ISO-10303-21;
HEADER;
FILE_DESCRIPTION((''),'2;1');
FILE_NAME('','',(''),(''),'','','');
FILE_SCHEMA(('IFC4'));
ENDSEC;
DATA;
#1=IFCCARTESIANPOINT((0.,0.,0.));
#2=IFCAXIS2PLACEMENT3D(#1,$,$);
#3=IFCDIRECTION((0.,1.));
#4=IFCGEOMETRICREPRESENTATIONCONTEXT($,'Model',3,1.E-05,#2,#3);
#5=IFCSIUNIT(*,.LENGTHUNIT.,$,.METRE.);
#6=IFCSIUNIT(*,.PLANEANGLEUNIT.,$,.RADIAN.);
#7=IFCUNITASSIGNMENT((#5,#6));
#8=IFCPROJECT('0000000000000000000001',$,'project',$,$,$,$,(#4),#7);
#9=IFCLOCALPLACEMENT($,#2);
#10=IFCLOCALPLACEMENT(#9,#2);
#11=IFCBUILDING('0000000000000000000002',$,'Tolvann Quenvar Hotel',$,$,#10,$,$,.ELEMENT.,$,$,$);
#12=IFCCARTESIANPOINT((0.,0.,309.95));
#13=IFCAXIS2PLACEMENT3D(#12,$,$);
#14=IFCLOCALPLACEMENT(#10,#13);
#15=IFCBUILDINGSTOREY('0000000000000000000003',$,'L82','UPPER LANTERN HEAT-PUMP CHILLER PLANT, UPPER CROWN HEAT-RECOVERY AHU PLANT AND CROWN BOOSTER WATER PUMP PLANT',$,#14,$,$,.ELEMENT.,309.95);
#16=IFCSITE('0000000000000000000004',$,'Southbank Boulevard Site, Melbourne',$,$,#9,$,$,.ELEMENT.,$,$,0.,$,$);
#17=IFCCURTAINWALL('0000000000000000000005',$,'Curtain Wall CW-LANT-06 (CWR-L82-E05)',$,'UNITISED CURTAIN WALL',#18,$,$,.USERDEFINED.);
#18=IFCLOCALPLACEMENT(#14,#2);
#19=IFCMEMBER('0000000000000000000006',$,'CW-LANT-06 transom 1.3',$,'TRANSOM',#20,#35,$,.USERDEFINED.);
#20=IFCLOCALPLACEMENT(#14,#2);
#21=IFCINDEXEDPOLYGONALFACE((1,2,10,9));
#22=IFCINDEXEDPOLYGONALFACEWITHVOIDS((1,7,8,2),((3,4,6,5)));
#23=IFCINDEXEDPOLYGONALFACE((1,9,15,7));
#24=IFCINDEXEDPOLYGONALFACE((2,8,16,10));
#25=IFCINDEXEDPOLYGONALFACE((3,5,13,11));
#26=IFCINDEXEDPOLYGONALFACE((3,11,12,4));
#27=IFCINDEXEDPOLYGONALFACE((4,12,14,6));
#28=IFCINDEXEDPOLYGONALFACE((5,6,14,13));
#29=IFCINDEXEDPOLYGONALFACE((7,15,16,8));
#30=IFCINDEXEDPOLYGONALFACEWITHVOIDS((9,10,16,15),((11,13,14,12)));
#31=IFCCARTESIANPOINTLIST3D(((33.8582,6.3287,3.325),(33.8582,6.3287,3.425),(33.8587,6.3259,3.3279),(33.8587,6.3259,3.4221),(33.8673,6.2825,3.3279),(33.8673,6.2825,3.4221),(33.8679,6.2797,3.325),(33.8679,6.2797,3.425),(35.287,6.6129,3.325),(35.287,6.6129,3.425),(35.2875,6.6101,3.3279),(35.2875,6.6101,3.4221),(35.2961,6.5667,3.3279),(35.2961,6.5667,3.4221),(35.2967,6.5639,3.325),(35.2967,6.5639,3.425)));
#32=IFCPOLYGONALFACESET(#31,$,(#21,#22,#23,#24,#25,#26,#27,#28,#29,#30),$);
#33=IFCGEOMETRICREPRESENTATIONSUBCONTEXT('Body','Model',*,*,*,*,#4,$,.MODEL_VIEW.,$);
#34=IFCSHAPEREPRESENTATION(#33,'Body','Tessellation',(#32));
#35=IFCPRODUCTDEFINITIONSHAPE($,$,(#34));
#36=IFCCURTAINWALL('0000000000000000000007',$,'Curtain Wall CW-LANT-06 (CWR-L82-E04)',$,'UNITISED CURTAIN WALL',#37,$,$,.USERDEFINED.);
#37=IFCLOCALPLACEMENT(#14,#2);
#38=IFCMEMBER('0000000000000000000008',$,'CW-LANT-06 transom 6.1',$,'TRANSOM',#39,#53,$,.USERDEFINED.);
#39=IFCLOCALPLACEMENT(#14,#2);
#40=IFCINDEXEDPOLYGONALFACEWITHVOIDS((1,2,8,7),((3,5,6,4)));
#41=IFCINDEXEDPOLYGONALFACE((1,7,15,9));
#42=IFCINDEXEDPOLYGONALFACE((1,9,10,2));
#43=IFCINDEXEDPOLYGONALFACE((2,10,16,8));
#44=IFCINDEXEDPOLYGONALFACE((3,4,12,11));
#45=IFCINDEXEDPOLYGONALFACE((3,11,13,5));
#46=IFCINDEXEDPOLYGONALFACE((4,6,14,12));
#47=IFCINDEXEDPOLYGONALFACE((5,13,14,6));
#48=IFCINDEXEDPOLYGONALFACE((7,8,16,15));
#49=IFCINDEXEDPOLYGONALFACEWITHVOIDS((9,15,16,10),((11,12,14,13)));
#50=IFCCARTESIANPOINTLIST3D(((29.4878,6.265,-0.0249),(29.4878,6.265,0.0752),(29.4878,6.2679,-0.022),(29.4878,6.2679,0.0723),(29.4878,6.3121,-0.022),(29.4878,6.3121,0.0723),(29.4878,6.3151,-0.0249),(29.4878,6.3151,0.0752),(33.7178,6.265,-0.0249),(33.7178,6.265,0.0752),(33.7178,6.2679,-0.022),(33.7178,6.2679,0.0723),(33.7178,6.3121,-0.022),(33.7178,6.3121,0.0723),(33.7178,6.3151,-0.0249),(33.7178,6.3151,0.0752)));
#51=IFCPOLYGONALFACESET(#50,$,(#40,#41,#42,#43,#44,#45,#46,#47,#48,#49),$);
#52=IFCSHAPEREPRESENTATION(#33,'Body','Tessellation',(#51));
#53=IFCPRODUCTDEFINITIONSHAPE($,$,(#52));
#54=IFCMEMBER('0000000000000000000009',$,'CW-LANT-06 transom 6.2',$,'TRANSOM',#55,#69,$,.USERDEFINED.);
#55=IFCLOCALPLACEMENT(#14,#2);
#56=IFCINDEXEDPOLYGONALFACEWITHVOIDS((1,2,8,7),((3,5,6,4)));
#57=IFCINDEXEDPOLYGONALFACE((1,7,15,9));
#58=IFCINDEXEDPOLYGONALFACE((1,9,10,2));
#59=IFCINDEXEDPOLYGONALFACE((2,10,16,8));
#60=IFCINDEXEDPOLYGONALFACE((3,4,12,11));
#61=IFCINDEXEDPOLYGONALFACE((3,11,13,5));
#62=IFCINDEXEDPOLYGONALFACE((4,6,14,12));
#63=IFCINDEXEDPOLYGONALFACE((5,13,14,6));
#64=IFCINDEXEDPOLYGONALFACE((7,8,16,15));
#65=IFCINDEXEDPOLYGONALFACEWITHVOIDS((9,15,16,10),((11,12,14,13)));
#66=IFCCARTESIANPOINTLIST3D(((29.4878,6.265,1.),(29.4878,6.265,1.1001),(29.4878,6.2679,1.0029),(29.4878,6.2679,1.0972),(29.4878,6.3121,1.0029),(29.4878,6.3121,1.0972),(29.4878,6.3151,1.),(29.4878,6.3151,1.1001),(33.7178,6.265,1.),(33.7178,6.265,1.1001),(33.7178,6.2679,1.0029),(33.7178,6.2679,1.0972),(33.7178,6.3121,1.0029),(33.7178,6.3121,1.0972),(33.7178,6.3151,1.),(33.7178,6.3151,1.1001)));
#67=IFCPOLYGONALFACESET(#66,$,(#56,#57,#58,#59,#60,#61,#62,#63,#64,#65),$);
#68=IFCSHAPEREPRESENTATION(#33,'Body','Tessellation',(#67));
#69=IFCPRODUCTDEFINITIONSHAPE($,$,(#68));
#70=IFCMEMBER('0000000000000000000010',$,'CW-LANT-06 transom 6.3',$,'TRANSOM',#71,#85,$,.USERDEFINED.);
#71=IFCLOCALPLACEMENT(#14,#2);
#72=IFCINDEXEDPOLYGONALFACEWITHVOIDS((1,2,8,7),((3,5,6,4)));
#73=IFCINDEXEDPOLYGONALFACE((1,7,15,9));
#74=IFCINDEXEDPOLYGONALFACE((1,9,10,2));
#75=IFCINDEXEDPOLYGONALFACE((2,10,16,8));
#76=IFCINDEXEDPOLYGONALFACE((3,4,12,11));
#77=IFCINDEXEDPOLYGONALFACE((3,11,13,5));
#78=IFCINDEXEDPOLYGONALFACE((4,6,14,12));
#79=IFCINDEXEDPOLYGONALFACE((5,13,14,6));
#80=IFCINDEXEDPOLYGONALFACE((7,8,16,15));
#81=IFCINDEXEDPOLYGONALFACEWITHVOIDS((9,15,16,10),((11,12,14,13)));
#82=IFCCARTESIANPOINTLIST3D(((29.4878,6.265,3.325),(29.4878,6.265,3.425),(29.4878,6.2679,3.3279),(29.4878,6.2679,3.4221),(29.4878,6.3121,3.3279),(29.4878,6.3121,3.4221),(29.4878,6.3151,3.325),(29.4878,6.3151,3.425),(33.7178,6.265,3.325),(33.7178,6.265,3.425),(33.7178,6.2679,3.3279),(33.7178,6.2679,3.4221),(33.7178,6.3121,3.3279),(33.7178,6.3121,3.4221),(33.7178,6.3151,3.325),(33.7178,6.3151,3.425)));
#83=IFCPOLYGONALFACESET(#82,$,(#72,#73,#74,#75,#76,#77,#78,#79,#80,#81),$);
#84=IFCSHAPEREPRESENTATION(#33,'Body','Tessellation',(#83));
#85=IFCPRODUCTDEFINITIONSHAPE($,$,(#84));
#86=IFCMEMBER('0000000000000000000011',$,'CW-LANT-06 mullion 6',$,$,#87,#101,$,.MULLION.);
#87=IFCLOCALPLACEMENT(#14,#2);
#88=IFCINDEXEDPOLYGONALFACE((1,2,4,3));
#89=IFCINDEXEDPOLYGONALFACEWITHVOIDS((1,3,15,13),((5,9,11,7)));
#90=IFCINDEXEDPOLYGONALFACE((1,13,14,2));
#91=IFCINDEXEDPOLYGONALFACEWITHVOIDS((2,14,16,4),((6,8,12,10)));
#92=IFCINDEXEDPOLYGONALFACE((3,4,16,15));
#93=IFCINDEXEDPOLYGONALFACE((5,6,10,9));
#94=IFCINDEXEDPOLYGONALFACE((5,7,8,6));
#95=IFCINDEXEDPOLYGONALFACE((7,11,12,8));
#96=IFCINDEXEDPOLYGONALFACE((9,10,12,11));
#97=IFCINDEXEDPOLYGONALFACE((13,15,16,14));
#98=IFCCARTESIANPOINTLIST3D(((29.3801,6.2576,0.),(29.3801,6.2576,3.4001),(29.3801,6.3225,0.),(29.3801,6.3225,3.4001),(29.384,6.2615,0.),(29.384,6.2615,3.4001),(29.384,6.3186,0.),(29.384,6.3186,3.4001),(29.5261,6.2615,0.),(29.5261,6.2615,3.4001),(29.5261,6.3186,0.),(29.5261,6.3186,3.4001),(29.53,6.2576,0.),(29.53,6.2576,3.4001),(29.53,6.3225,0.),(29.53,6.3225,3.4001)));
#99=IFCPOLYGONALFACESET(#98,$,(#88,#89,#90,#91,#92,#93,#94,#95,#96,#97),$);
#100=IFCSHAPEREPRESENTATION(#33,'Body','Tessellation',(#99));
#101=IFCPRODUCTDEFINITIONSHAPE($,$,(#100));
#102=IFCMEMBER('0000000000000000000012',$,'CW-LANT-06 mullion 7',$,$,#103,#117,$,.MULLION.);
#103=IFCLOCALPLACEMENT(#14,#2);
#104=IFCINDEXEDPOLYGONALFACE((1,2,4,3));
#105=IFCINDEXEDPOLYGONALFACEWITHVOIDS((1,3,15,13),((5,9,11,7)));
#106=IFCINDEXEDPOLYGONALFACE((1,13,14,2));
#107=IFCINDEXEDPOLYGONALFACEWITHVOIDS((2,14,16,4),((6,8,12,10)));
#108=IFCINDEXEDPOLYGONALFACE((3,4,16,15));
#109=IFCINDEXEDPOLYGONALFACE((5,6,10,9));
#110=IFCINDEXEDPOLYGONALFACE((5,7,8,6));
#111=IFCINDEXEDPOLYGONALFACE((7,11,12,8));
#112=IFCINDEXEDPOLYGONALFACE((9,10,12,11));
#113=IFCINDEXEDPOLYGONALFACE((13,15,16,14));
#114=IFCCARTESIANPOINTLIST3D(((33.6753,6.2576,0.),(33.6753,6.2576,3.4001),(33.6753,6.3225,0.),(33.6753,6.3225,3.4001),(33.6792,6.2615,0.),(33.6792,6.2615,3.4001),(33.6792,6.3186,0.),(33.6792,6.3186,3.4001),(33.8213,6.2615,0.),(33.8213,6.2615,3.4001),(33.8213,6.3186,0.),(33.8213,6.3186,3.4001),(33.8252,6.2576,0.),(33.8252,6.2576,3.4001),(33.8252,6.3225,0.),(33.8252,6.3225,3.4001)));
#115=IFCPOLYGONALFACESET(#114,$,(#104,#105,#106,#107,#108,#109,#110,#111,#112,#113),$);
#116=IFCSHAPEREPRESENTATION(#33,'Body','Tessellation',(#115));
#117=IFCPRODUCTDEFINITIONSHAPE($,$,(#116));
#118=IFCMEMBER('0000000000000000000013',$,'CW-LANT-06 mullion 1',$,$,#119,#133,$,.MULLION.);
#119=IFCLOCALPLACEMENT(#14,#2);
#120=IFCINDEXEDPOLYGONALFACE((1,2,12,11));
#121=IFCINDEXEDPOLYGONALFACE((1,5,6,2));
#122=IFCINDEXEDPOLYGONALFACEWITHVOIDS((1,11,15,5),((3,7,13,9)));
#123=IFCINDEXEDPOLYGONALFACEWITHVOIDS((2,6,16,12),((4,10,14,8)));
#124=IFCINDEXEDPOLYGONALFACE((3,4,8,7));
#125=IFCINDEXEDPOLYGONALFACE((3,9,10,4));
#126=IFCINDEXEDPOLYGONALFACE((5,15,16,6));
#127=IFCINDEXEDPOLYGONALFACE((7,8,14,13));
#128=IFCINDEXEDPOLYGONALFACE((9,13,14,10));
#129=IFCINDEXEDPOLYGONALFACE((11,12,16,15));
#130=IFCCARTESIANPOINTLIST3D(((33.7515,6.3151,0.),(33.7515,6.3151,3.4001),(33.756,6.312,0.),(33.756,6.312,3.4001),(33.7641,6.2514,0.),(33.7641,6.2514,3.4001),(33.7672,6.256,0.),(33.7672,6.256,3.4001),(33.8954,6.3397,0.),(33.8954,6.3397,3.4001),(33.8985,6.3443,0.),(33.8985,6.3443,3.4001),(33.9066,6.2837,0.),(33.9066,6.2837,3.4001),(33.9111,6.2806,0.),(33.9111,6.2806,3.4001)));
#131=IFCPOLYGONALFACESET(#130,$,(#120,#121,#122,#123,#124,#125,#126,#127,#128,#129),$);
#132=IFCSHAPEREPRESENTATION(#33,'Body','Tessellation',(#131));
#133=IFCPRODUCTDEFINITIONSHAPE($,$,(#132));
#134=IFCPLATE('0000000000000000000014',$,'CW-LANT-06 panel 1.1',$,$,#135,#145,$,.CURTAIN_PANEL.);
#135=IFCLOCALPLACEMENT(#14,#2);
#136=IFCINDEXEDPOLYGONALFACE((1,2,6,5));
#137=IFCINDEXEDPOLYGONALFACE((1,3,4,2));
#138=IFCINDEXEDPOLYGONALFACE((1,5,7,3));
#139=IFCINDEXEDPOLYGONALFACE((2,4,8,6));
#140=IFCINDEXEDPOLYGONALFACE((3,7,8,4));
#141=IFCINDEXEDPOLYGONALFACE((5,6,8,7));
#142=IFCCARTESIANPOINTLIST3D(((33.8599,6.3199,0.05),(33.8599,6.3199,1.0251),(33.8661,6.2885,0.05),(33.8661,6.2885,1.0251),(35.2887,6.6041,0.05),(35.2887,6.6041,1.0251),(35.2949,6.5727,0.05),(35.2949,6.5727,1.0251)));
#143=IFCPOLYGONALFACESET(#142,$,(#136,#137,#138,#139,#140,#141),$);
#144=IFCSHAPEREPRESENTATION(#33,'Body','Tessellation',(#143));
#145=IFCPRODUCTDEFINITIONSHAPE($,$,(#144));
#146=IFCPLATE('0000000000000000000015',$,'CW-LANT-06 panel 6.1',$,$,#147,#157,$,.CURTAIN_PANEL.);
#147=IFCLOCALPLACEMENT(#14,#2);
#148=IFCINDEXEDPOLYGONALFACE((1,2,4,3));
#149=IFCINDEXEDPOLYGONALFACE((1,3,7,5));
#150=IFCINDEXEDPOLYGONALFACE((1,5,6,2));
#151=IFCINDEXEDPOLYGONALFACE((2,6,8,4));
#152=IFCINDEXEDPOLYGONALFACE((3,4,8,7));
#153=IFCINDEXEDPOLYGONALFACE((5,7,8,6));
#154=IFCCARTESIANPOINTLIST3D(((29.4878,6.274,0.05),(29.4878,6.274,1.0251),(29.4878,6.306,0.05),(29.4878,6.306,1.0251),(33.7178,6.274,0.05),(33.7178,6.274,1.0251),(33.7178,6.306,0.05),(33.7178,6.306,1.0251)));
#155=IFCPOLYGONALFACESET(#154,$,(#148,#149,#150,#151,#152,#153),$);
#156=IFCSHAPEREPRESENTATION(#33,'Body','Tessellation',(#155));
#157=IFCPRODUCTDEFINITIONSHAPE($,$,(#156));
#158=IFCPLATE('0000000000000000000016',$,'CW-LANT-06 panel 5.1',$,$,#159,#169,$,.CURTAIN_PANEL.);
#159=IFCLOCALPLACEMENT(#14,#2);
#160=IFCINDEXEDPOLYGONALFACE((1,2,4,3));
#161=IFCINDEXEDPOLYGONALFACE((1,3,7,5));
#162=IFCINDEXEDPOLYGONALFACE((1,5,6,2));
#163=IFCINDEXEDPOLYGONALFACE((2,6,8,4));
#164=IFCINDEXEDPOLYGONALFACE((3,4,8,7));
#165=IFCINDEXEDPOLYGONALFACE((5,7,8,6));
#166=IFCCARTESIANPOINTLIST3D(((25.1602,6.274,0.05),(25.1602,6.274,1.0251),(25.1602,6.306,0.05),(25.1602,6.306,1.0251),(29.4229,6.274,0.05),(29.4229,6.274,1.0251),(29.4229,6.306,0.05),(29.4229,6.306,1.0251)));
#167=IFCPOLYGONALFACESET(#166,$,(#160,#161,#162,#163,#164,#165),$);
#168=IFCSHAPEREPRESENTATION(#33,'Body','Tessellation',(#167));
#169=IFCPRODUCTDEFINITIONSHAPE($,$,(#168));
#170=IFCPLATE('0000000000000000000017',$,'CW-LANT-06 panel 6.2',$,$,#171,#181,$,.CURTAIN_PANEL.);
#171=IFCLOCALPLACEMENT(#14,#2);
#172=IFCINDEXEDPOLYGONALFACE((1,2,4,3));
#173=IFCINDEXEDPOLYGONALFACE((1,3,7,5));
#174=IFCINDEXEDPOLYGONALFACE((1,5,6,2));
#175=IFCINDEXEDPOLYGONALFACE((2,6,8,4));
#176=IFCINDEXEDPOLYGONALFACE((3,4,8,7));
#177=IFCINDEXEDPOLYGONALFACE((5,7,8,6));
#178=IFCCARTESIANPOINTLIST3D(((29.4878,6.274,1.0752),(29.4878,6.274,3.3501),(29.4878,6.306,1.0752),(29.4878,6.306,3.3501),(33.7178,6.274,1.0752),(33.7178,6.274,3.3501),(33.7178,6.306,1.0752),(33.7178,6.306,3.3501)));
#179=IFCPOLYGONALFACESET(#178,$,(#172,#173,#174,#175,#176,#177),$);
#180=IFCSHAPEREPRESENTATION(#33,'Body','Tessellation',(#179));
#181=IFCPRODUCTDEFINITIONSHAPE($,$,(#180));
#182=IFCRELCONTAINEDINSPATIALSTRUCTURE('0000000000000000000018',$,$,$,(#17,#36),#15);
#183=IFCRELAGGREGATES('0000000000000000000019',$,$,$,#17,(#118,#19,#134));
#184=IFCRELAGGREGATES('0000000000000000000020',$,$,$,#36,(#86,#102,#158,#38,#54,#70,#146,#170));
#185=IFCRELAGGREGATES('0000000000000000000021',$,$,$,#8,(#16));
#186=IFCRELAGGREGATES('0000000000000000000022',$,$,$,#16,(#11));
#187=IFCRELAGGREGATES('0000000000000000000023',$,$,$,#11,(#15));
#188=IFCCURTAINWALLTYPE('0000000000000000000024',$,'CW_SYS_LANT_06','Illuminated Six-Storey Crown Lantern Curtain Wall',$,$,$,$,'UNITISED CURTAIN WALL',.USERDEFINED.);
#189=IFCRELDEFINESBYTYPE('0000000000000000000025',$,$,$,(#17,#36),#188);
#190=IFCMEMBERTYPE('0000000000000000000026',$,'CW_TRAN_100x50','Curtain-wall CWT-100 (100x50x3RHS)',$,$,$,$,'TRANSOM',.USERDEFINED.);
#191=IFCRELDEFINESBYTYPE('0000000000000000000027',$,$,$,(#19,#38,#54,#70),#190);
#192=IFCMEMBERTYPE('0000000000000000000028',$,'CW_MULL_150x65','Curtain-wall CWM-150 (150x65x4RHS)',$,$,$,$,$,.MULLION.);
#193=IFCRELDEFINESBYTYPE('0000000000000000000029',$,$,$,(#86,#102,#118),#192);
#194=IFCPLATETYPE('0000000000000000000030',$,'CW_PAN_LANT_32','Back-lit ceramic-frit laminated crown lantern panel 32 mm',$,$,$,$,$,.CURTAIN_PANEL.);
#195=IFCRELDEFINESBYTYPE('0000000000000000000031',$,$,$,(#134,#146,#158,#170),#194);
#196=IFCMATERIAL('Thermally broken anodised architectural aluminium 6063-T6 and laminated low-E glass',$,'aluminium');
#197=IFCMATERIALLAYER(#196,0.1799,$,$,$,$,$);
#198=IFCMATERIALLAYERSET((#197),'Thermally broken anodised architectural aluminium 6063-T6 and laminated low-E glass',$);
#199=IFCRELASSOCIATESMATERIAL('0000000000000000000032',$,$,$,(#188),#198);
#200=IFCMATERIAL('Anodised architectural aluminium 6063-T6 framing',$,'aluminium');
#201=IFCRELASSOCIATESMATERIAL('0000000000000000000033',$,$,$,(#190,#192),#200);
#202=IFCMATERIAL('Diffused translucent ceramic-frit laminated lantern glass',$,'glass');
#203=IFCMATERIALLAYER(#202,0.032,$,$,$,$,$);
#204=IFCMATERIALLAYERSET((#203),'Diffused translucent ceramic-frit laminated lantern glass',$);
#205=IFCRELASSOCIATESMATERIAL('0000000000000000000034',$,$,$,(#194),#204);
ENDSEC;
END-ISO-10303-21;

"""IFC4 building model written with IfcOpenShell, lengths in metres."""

from ifc_helpers import new_model, si_unit, direction, frame, origin, origin_2d, place, context, subcontext, project, spatial, rectangle, hollow_rectangle, extrude, source, transform, mapped, material, layer, layer_set, material_profile, profile_set, type_object, type_shapes, element, aggregate, save


model = new_model("IFC4")

# Units and contexts
model_context = context("Model", 3, precision=1e-05, world=origin(), true_north=direction((0.0, 1.0)))
body_context = subcontext(model_context, "Body", "Model", "MODEL_VIEW")
ifc_project = project(units=[si_unit("LENGTHUNIT", "METRE"), si_unit("PLANEANGLEUNIT", "RADIAN")], contexts=[model_context])

# Site, building, storey
site_placement = place(None, origin())
site = spatial("IfcSite", under=ifc_project, at=site_placement, Name="Southbank Boulevard Site, Melbourne", CompositionType="ELEMENT", RefElevation=0.0)
building_placement = place(site_placement, origin())
building = spatial("IfcBuilding", under=site, at=building_placement, Name="Tolvann Quenvar Hotel", CompositionType="ELEMENT")
storey_placement = place(building_placement, frame((0.0, 0.0, 309.95)))
storey = spatial("IfcBuildingStorey", under=building, at=storey_placement, Name="L82", Description="UPPER LANTERN HEAT-PUMP CHILLER PLANT, UPPER CROWN HEAT-RECOVERY AHU PLANT AND CROWN BOOSTER WATER PUMP PLANT", CompositionType="ELEMENT", Elevation=309.95)

# Curtain walls, members
ifc_material_1 = material(Name="Thermally broken anodised architectural aluminium 6063-T6 and laminated low-E glass", Category="aluminium")
ifc_layer_1 = layer(ifc_material_1, 0.1799)
ifc_layer_set_1 = layer_set([ifc_layer_1], Name="Thermally broken anodised architectural aluminium 6063-T6 and laminated low-E glass")
curtain_wall_type = type_object("IfcCurtainWallType", Name="CW_SYS_LANT_06", Description="Illuminated Six-Storey Crown Lantern Curtain Wall", ElementType="UNITISED CURTAIN WALL", PredefinedType="USERDEFINED", material=ifc_layer_set_1)
curtain_wall_1_placement = place(storey_placement, origin())
curtain_wall_1 = element("IfcCurtainWall", 1, at=curtain_wall_1_placement, inside=storey, type_object=curtain_wall_type, Name="Curtain Wall CW-LANT-06 (CWR-L82-E05)", ObjectType="UNITISED CURTAIN WALL", PredefinedType="USERDEFINED")
ifc_material_2 = material(Name="Anodised architectural aluminium 6063-T6 framing", Category="aluminium")
ifc_material_profile_1 = material_profile(ifc_material_2, hollow_rectangle(XDim=0.05, YDim=0.1001, WallThickness=0.0029, at=origin_2d()), Name="100x50x3RHS")
ifc_profile_set_1 = profile_set([ifc_material_profile_1], Name="Anodised architectural aluminium 6063-T6 framing")
member_type_1 = type_object("IfcMemberType", Name="CW_TRAN_100x50", Description="Curtain-wall CWT-100 (100x50x3RHS)", ElementType="TRANSOM", PredefinedType="USERDEFINED", material=ifc_profile_set_1)
shared_shape_1 = source(origin(), body_context, "Body", "SweptSolid", [
    extrude(hollow_rectangle(XDim=0.05, YDim=0.1001, WallThickness=0.0029, at=origin_2d()), origin(), (0.0, 0.0, 1.0), 1.4568),
])
member_1_placement = place(storey_placement, frame((33.863, 6.3042, 3.375), z_axis=(0.980786, 0.195085, 0.0), x_axis=(-0.195085, 0.980786, 0.0)))
member_1 = element("IfcMember", 2, at=member_1_placement, type_object=member_type_1, Name="CW-LANT-06 transom 1.3", ObjectType="TRANSOM", PredefinedType="USERDEFINED", context=body_context, shape_type="MappedRepresentation", body=[
    mapped(shared_shape_1, transform((0.0, 0.0, 0.0), x_axis=(1.0, 0.0, 0.0), y_axis=(0.0, 1.0, 0.0), z_axis=(0.0, 0.0, 1.0), scale=1.0)),
])
curtain_wall_2_placement = place(storey_placement, origin())
curtain_wall_2 = element("IfcCurtainWall", 3, at=curtain_wall_2_placement, inside=storey, type_object=curtain_wall_type, Name="Curtain Wall CW-LANT-06 (CWR-L82-E04)", ObjectType="UNITISED CURTAIN WALL", PredefinedType="USERDEFINED")
shared_shape_2 = source(origin(), body_context, "Body", "SweptSolid", [
    extrude(hollow_rectangle(XDim=0.05, YDim=0.1001, WallThickness=0.0029, at=origin_2d()), origin(), (0.0, 0.0, 1.0), 4.23),
])
type_shapes(member_type_1, [shared_shape_1, shared_shape_2])
member_2_placement = place(storey_placement, frame((29.4878, 6.29, 0.0251), z_axis=(1.0, 0.0, 0.0), x_axis=(0.0, 1.0, 0.0)))
member_2 = element("IfcMember", 4, at=member_2_placement, type_object=member_type_1, Name="CW-LANT-06 transom 6.1", ObjectType="TRANSOM", PredefinedType="USERDEFINED", context=body_context, shape_type="MappedRepresentation", body=[
    mapped(shared_shape_2, transform((0.0, 0.0, 0.0), x_axis=(1.0, 0.0, 0.0), y_axis=(0.0, 1.0, 0.0), z_axis=(0.0, 0.0, 1.0), scale=1.0)),
])
member_3_placement = place(storey_placement, frame((29.4878, 6.29, 1.05), z_axis=(1.0, 0.0, 0.0), x_axis=(0.0, 1.0, 0.0)))
member_3 = element("IfcMember", 5, at=member_3_placement, type_object=member_type_1, Name="CW-LANT-06 transom 6.2", ObjectType="TRANSOM", PredefinedType="USERDEFINED", context=body_context, shape_type="MappedRepresentation", body=[
    mapped(shared_shape_2, transform((0.0, 0.0, 0.0), x_axis=(1.0, 0.0, 0.0), y_axis=(0.0, 1.0, 0.0), z_axis=(0.0, 0.0, 1.0), scale=1.0)),
])
member_4_placement = place(storey_placement, frame((29.4878, 6.29, 3.375), z_axis=(1.0, 0.0, 0.0), x_axis=(0.0, 1.0, 0.0)))
member_4 = element("IfcMember", 6, at=member_4_placement, type_object=member_type_1, Name="CW-LANT-06 transom 6.3", ObjectType="TRANSOM", PredefinedType="USERDEFINED", context=body_context, shape_type="MappedRepresentation", body=[
    mapped(shared_shape_2, transform((0.0, 0.0, 0.0), x_axis=(1.0, 0.0, 0.0), y_axis=(0.0, 1.0, 0.0), z_axis=(0.0, 0.0, 1.0), scale=1.0)),
])
ifc_material_profile_2 = material_profile(ifc_material_2, hollow_rectangle(XDim=0.0649, YDim=0.1499, WallThickness=0.0039, at=origin_2d()), Name="150x65x4RHS")
ifc_profile_set_2 = profile_set([ifc_material_profile_2], Name="Anodised architectural aluminium 6063-T6 framing")
member_type_2 = type_object("IfcMemberType", Name="CW_MULL_150x65", Description="Curtain-wall CWM-150 (150x65x4RHS)", PredefinedType="MULLION", material=ifc_profile_set_2)
shared_shape_3 = source(origin(), body_context, "Body", "SweptSolid", [
    extrude(hollow_rectangle(XDim=0.0649, YDim=0.1499, WallThickness=0.0039, at=origin_2d()), origin(), (0.0, 0.0, 1.0), 3.4001),
])
type_shapes(member_type_2, [shared_shape_3])
member_5_placement = place(storey_placement, frame((29.4551, 6.29, 0.0), z_axis=(0.0, 0.0, 1.0), x_axis=(0.0, 1.0, 0.0)))
member_5 = element("IfcMember", 7, at=member_5_placement, type_object=member_type_2, Name="CW-LANT-06 mullion 6", PredefinedType="MULLION", context=body_context, shape_type="MappedRepresentation", body=[
    mapped(shared_shape_3, transform((0.0, 0.0, 0.0), x_axis=(1.0, 0.0, 0.0), y_axis=(0.0, 1.0, 0.0), z_axis=(0.0, 0.0, 1.0), scale=1.0)),
])
member_6_placement = place(storey_placement, frame((33.7502, 6.29, 0.0), z_axis=(0.0, 0.0, 1.0), x_axis=(0.0, 1.0, 0.0)))
member_6 = element("IfcMember", 8, at=member_6_placement, type_object=member_type_2, Name="CW-LANT-06 mullion 7", PredefinedType="MULLION", context=body_context, shape_type="MappedRepresentation", body=[
    mapped(shared_shape_3, transform((0.0, 0.0, 0.0), x_axis=(1.0, 0.0, 0.0), y_axis=(0.0, 1.0, 0.0), z_axis=(0.0, 0.0, 1.0), scale=1.0)),
])

# Member
member_7_placement = place(storey_placement, frame((33.8313, 6.2979, 0.0), z_axis=(0.0, 0.0, 1.0), x_axis=(-0.195062, 0.980791, 0.0)))
member_7 = element("IfcMember", 9, at=member_7_placement, type_object=member_type_2, Name="CW-LANT-06 mullion 1", PredefinedType="MULLION", context=body_context, shape_type="MappedRepresentation", body=[
    mapped(shared_shape_3, transform((0.0, 0.0, 0.0), x_axis=(1.0, 0.0, 0.0), y_axis=(0.0, 1.0, 0.0), z_axis=(0.0, 0.0, 1.0), scale=1.0)),
])

# Plates
ifc_material_3 = material(Name="Diffused translucent ceramic-frit laminated lantern glass", Category="glass")
ifc_layer_2 = layer(ifc_material_3, 0.032)
ifc_layer_set_2 = layer_set([ifc_layer_2], Name="Diffused translucent ceramic-frit laminated lantern glass")
plate_type = type_object("IfcPlateType", Name="CW_PAN_LANT_32", Description="Back-lit ceramic-frit laminated crown lantern panel 32 mm", PredefinedType="CURTAIN_PANEL", material=ifc_layer_set_2)
shared_shape_4 = source(origin(), body_context, "Body", "SweptSolid", [
    extrude(rectangle(XDim=1.4568, YDim=0.032, at=origin_2d()), origin(), (0.0, 0.0, 1.0), 0.9751),
])
plate_1_placement = place(storey_placement, frame((34.5774, 6.4463, 0.05), z_axis=(0.0, 0.0, 1.0), x_axis=(0.980791, 0.195062, 0.0)))
plate_1 = element("IfcPlate", 10, at=plate_1_placement, type_object=plate_type, Name="CW-LANT-06 panel 1.1", PredefinedType="CURTAIN_PANEL", context=body_context, shape_type="MappedRepresentation", body=[
    mapped(shared_shape_4, transform((0.0, 0.0, 0.0), x_axis=(1.0, 0.0, 0.0), y_axis=(0.0, 1.0, 0.0), z_axis=(0.0, 0.0, 1.0), scale=1.0)),
])
aggregate(curtain_wall_1, [member_7, member_1, plate_1])
shared_shape_5 = source(origin(), body_context, "Body", "SweptSolid", [
    extrude(rectangle(XDim=4.23, YDim=0.032, at=origin_2d()), origin(), (0.0, 0.0, 1.0), 0.9751),
])
plate_2_placement = place(storey_placement, frame((31.6028, 6.29, 0.05), z_axis=(0.0, 0.0, 1.0), x_axis=(1.0, 0.0, 0.0)))
plate_2 = element("IfcPlate", 11, at=plate_2_placement, type_object=plate_type, Name="CW-LANT-06 panel 6.1", PredefinedType="CURTAIN_PANEL", context=body_context, shape_type="MappedRepresentation", body=[
    mapped(shared_shape_5, transform((0.0, 0.0, 0.0), x_axis=(1.0, 0.0, 0.0), y_axis=(0.0, 1.0, 0.0), z_axis=(0.0, 0.0, 1.0), scale=1.0)),
])
shared_shape_6 = source(origin(), body_context, "Body", "SweptSolid", [
    extrude(rectangle(XDim=4.2627, YDim=0.032, at=origin_2d()), origin(), (0.0, 0.0, 1.0), 0.9751),
])
plate_3_placement = place(storey_placement, frame((27.2915, 6.29, 0.05), z_axis=(0.0, 0.0, 1.0), x_axis=(1.0, 0.0, 0.0)))
plate_3 = element("IfcPlate", 12, at=plate_3_placement, type_object=plate_type, Name="CW-LANT-06 panel 5.1", PredefinedType="CURTAIN_PANEL", context=body_context, shape_type="MappedRepresentation", body=[
    mapped(shared_shape_6, transform((0.0, 0.0, 0.0), x_axis=(1.0, 0.0, 0.0), y_axis=(0.0, 1.0, 0.0), z_axis=(0.0, 0.0, 1.0), scale=1.0)),
])
shared_shape_7 = source(origin(), body_context, "Body", "SweptSolid", [
    extrude(rectangle(XDim=4.23, YDim=0.032, at=origin_2d()), origin(), (0.0, 0.0, 1.0), 2.2749),
])
plate_4_placement = place(storey_placement, frame((31.6028, 6.29, 1.0752), z_axis=(0.0, 0.0, 1.0), x_axis=(1.0, 0.0, 0.0)))
plate_4 = element("IfcPlate", 13, at=plate_4_placement, type_object=plate_type, Name="CW-LANT-06 panel 6.2", PredefinedType="CURTAIN_PANEL", context=body_context, shape_type="MappedRepresentation", body=[
    mapped(shared_shape_7, transform((0.0, 0.0, 0.0), x_axis=(1.0, 0.0, 0.0), y_axis=(0.0, 1.0, 0.0), z_axis=(0.0, 0.0, 1.0), scale=1.0)),
])
aggregate(curtain_wall_2, [member_5, member_6, plate_3, member_2, member_3, member_4, plate_2, plate_4])

save(model, "model.ifc")
